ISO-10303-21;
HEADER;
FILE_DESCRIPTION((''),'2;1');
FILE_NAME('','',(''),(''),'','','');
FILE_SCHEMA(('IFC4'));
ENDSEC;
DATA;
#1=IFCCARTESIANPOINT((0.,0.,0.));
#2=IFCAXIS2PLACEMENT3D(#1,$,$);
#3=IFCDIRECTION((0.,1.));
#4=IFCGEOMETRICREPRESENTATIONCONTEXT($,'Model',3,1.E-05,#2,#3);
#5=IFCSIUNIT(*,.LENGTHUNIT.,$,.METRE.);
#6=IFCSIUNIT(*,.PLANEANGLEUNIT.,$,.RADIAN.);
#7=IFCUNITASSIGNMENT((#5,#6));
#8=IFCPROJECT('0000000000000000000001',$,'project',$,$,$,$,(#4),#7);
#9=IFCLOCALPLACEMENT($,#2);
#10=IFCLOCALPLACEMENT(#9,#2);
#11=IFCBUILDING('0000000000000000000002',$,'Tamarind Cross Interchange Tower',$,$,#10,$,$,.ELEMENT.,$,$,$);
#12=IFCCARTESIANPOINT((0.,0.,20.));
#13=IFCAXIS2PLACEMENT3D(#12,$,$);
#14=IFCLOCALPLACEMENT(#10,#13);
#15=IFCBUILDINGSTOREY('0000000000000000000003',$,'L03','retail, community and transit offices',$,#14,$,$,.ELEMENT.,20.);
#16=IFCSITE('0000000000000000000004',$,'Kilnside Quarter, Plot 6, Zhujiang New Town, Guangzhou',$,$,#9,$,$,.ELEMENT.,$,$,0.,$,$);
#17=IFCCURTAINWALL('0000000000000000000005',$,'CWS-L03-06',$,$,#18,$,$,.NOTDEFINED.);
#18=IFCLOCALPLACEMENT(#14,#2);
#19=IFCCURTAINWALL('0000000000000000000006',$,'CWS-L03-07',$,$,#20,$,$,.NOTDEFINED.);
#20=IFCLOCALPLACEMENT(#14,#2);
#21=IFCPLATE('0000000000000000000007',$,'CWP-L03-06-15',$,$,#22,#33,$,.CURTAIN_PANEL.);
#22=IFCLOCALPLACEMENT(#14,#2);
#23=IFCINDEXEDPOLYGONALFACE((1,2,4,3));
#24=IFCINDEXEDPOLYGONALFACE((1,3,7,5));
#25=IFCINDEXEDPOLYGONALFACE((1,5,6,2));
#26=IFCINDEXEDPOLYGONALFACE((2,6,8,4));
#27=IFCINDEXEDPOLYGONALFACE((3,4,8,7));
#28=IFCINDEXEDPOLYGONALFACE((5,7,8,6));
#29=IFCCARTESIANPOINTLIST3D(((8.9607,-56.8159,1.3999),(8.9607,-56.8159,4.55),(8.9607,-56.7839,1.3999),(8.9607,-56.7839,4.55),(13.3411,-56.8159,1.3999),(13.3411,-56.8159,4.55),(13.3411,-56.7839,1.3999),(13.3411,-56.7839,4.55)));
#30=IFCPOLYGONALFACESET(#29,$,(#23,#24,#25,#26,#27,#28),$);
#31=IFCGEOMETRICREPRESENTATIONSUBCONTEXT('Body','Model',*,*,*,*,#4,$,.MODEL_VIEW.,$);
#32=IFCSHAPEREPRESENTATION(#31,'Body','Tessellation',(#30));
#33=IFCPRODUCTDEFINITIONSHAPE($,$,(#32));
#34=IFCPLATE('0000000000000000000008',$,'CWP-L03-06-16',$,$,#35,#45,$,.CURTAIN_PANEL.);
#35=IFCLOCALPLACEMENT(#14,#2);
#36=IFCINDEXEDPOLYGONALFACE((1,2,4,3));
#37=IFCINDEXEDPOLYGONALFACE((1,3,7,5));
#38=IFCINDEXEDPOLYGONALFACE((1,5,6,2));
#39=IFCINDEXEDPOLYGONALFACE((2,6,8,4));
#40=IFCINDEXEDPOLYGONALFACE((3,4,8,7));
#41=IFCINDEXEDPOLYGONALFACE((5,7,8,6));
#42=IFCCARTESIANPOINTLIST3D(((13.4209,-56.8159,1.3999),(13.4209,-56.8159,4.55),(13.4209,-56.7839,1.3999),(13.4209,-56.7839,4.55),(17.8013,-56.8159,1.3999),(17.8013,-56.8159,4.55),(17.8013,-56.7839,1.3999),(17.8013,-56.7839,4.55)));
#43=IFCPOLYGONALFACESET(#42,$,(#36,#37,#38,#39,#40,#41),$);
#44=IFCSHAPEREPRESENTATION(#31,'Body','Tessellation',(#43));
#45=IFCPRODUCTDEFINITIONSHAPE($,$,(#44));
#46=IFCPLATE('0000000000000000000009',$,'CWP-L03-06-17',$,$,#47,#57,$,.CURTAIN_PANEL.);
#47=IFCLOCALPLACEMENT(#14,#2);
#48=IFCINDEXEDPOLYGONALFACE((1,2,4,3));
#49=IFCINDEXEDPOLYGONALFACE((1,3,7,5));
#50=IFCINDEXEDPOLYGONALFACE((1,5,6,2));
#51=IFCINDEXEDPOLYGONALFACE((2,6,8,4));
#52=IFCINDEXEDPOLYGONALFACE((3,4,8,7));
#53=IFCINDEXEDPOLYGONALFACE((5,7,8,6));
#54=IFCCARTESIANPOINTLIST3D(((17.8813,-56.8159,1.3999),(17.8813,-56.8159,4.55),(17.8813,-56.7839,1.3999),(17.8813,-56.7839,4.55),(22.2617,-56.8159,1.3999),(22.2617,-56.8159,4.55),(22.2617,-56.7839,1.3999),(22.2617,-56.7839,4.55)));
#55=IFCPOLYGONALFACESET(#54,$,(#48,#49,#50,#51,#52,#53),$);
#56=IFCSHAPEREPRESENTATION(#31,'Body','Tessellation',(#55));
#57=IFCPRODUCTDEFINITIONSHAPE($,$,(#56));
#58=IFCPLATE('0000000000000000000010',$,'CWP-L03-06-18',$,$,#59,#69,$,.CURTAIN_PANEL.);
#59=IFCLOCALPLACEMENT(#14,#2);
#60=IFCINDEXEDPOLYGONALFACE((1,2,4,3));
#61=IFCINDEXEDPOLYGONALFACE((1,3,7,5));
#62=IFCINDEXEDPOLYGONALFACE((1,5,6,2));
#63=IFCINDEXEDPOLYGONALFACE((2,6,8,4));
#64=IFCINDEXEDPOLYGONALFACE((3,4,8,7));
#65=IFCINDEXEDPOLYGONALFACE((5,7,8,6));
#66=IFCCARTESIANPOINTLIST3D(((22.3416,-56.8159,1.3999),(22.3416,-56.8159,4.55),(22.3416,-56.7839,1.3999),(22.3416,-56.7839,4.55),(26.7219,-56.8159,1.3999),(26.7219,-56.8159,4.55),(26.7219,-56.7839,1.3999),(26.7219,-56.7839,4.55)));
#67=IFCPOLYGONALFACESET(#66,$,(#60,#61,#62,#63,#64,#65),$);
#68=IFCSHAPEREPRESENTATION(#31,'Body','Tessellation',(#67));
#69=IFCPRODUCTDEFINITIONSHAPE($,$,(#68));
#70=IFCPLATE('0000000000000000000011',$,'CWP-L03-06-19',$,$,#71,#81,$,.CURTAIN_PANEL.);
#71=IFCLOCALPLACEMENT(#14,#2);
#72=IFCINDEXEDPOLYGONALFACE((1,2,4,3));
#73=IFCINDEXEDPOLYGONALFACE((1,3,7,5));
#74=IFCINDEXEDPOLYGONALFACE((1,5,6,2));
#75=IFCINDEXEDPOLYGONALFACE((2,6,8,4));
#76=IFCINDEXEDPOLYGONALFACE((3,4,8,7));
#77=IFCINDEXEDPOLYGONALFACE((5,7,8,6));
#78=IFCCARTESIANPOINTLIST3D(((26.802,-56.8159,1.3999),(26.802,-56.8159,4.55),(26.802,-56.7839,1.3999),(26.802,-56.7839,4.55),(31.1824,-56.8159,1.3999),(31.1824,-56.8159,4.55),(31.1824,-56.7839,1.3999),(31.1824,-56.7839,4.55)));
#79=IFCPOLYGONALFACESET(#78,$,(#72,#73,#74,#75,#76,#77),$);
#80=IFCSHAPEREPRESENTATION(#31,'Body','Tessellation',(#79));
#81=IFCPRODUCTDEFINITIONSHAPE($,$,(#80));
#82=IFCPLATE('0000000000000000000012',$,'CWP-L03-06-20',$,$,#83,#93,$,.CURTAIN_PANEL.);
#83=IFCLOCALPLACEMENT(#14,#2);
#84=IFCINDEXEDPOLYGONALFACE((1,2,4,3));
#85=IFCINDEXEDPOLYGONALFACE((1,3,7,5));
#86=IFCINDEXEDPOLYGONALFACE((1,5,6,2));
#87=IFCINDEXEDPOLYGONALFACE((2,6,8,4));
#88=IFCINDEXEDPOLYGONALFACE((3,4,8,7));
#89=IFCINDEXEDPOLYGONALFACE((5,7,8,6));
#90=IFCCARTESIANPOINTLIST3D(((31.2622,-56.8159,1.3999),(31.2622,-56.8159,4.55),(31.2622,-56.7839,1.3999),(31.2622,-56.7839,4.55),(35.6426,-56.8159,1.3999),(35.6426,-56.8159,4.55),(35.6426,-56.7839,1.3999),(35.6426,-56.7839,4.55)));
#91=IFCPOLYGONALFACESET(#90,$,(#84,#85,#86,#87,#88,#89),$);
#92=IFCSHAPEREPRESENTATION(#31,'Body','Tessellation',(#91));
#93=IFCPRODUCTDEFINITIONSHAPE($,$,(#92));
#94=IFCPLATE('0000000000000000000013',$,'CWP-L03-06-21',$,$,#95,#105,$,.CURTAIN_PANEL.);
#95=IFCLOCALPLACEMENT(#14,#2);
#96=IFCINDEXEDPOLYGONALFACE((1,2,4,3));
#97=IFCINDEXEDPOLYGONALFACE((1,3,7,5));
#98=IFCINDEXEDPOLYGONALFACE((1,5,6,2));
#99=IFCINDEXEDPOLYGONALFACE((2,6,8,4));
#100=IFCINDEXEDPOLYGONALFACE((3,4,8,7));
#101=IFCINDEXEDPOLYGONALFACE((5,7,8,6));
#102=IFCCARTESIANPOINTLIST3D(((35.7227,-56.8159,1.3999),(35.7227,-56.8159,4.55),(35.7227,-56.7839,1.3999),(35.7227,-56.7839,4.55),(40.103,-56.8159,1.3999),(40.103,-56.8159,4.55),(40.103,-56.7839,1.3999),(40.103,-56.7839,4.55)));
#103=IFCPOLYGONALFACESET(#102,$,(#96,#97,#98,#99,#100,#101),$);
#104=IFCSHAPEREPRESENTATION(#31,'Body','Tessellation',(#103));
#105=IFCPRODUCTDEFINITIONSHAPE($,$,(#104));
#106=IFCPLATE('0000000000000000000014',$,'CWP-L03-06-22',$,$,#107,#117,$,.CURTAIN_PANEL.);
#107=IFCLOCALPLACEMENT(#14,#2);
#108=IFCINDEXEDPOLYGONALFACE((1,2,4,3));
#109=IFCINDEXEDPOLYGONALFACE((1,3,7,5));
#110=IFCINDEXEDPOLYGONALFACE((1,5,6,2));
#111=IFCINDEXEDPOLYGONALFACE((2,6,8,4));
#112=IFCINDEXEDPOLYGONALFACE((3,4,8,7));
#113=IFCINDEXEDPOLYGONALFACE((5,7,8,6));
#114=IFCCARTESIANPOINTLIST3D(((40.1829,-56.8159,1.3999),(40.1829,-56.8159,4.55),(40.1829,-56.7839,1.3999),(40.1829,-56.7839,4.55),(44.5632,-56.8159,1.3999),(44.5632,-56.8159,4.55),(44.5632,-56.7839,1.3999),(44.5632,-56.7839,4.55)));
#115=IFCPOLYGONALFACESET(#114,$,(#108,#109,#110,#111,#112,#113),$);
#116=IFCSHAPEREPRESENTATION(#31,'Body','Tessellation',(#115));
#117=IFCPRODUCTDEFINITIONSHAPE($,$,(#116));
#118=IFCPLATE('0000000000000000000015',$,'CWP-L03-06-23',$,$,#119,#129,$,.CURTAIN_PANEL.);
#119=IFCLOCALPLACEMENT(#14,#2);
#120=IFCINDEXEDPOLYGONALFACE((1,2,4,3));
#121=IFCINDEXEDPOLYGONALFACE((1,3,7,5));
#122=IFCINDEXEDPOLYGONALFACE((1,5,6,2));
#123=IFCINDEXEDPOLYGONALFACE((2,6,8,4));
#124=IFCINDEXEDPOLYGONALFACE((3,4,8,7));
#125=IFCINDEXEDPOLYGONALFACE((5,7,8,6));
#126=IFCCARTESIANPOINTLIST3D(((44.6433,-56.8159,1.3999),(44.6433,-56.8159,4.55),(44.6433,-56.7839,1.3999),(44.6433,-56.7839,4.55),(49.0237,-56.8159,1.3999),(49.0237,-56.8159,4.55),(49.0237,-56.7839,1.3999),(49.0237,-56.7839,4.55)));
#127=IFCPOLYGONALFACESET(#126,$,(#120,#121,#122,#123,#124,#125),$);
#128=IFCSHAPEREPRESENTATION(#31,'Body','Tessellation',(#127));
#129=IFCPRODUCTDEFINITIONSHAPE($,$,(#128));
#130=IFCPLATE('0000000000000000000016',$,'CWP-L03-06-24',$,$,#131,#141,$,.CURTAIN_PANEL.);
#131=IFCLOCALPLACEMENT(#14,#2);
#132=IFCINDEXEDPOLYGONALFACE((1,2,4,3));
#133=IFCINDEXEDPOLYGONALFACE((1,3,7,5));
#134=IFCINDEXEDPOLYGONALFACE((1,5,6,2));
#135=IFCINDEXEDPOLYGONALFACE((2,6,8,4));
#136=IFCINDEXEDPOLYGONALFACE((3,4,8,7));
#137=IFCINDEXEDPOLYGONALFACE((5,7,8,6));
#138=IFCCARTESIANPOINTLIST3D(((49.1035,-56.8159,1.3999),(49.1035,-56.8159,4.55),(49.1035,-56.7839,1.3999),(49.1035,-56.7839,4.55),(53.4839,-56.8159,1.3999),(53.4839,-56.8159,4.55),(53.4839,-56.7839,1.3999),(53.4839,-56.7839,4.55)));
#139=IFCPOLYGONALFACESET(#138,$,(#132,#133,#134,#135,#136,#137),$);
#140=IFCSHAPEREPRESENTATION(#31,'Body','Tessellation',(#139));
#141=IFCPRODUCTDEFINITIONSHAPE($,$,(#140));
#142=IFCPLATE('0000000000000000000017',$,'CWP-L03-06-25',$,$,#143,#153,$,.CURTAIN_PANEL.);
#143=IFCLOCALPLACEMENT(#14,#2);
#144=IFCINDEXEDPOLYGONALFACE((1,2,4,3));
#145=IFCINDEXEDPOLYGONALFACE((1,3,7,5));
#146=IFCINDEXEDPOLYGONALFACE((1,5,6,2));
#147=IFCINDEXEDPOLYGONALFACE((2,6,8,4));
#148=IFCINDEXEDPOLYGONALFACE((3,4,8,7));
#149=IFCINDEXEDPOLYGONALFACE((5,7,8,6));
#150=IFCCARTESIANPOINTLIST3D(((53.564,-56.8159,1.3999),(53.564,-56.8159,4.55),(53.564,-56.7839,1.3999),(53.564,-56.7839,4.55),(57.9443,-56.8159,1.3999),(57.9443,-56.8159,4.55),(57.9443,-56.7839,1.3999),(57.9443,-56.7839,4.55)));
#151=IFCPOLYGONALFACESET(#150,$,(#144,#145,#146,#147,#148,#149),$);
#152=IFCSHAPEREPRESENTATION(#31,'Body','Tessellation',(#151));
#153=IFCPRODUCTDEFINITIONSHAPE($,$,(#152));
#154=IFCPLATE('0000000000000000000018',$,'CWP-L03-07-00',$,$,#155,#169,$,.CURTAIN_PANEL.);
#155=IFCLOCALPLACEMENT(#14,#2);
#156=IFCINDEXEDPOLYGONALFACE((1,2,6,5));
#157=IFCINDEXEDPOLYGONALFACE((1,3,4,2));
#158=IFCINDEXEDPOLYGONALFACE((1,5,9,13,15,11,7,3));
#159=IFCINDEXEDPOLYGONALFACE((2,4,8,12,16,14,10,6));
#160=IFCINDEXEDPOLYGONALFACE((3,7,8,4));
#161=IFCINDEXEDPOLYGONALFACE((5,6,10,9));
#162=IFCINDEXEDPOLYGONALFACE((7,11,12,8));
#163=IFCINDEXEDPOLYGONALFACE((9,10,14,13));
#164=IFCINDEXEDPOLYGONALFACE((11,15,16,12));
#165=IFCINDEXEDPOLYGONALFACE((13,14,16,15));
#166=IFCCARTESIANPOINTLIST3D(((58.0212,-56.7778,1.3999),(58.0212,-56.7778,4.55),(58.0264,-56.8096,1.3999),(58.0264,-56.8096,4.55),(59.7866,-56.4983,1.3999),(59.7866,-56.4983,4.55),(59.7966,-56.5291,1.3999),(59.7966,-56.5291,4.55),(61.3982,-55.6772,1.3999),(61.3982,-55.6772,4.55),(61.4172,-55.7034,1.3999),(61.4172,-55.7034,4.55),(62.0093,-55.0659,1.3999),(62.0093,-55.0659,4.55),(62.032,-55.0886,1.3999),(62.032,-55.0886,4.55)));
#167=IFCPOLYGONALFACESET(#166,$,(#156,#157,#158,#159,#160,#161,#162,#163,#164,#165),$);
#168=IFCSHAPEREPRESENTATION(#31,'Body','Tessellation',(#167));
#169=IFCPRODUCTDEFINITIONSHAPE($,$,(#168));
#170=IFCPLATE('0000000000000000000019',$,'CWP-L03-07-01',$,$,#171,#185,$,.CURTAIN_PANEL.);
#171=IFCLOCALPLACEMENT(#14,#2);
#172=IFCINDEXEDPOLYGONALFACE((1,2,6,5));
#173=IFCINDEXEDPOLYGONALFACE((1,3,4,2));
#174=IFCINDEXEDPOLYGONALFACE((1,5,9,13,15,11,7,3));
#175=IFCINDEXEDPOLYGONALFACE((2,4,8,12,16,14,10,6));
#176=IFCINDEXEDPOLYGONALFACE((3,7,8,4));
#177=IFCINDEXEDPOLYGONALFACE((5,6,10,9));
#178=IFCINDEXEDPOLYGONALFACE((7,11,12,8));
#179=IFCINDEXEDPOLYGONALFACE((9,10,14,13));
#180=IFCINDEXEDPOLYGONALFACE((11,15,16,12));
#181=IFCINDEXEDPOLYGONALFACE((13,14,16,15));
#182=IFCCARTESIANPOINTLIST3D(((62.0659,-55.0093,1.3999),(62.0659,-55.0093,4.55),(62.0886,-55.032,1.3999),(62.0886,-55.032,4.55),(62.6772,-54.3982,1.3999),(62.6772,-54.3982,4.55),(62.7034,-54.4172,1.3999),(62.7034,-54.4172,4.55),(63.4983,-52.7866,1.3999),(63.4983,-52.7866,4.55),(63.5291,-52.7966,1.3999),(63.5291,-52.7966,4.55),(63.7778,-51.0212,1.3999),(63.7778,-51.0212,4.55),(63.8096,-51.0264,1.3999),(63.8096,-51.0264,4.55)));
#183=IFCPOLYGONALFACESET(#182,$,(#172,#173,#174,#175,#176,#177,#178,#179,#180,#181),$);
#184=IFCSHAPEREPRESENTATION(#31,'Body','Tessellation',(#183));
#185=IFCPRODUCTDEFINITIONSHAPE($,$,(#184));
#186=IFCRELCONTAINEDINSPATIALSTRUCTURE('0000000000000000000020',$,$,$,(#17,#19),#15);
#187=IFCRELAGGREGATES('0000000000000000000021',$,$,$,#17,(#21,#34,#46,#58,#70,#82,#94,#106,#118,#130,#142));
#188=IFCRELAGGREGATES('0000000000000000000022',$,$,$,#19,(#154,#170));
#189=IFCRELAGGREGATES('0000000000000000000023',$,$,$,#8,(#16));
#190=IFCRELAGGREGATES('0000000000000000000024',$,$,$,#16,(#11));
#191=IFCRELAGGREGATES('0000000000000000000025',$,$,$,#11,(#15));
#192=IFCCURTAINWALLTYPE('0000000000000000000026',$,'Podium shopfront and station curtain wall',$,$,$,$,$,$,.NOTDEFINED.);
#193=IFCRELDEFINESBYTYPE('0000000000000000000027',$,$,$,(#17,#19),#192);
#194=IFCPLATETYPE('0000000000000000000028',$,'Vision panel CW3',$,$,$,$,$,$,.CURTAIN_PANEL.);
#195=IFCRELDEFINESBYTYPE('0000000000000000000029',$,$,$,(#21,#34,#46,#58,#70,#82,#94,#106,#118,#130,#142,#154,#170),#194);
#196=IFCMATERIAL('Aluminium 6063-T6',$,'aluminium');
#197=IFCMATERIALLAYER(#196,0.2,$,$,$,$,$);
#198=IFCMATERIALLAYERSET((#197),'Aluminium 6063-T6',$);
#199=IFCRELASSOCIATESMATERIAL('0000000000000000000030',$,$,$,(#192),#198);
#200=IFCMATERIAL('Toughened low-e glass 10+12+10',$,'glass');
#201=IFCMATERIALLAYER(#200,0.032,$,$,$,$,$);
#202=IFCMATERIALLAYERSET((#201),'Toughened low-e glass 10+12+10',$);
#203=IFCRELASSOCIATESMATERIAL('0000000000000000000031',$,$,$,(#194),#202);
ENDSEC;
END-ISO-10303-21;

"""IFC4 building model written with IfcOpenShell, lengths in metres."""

from ifc_helpers import new_model, si_unit, direction, frame, origin, place, context, subcontext, project, spatial, polyline, outline, extrude, material, layer, layer_set, type_object, element, aggregate, save


model = new_model("IFC4")

# Units and contexts
model_context = context("Model", 3, precision=1e-05, world=origin(), true_north=direction((0.0, 1.0)))
body_context = subcontext(model_context, "Body", "Model", "MODEL_VIEW")
ifc_project = project(units=[si_unit("LENGTHUNIT", "METRE"), si_unit("PLANEANGLEUNIT", "RADIAN")], contexts=[model_context])

# Site, building, storey
site_placement = place(None, origin())
site = spatial("IfcSite", under=ifc_project, at=site_placement, Name="Kilnside Quarter, Plot 6, Zhujiang New Town, Guangzhou", CompositionType="ELEMENT", RefElevation=0.0)
building_placement = place(site_placement, origin())
building = spatial("IfcBuilding", under=site, at=building_placement, Name="Tamarind Cross Interchange Tower", CompositionType="ELEMENT")
storey_placement = place(building_placement, frame((0.0, 0.0, 20.0)))
storey = spatial("IfcBuildingStorey", under=building, at=storey_placement, Name="L03", Description="retail, community and transit offices", CompositionType="ELEMENT", Elevation=20.0)

# Curtain walls
ifc_material_1 = material(Name="Aluminium 6063-T6", Category="aluminium")
ifc_layer_1 = layer(ifc_material_1, 0.2)
ifc_layer_set_1 = layer_set([ifc_layer_1], Name="Aluminium 6063-T6")
curtain_wall_type = type_object("IfcCurtainWallType", Name="Podium shopfront and station curtain wall", PredefinedType="NOTDEFINED", material=ifc_layer_set_1)
curtain_wall_1_placement = place(storey_placement, origin())
curtain_wall_1 = element("IfcCurtainWall", 1, at=curtain_wall_1_placement, inside=storey, type_object=curtain_wall_type, Name="CWS-L03-06", PredefinedType="NOTDEFINED")
curtain_wall_2_placement = place(storey_placement, origin())
curtain_wall_2 = element("IfcCurtainWall", 2, at=curtain_wall_2_placement, inside=storey, type_object=curtain_wall_type, Name="CWS-L03-07", PredefinedType="NOTDEFINED")

# Plates
ifc_material_2 = material(Name="Toughened low-e glass 10+12+10", Category="glass")
ifc_layer_2 = layer(ifc_material_2, 0.032)
ifc_layer_set_2 = layer_set([ifc_layer_2], Name="Toughened low-e glass 10+12+10")
plate_type = type_object("IfcPlateType", Name="Vision panel CW3", PredefinedType="CURTAIN_PANEL", material=ifc_layer_set_2)
plate_1_placement = place(storey_placement, frame((0.0, 0.0, 1.3999)))
plate_1 = element("IfcPlate", 3, at=plate_1_placement, type_object=plate_type, Name="CWP-L03-06-15", PredefinedType="CURTAIN_PANEL", context=body_context, shape_type="SweptSolid", body=[
    extrude(outline(polyline([(8.9607, -56.7839), (13.3411, -56.7839), (13.3411, -56.8159), (8.9607, -56.8159), (8.9607, -56.7839)])), origin(), (0.0, 0.0, 1.0), 3.1501),
])
plate_2_placement = place(storey_placement, frame((0.0, 0.0, 1.3999)))
plate_2 = element("IfcPlate", 4, at=plate_2_placement, type_object=plate_type, Name="CWP-L03-06-16", PredefinedType="CURTAIN_PANEL", context=body_context, shape_type="SweptSolid", body=[
    extrude(outline(polyline([(13.4209, -56.7839), (17.8013, -56.7839), (17.8013, -56.8159), (13.4209, -56.8159), (13.4209, -56.7839)])), origin(), (0.0, 0.0, 1.0), 3.1501),
])
plate_3_placement = place(storey_placement, frame((0.0, 0.0, 1.3999)))
plate_3 = element("IfcPlate", 5, at=plate_3_placement, type_object=plate_type, Name="CWP-L03-06-17", PredefinedType="CURTAIN_PANEL", context=body_context, shape_type="SweptSolid", body=[
    extrude(outline(polyline([(17.8813, -56.7839), (22.2617, -56.7839), (22.2617, -56.8159), (17.8813, -56.8159), (17.8813, -56.7839)])), origin(), (0.0, 0.0, 1.0), 3.1501),
])
plate_4_placement = place(storey_placement, frame((0.0, 0.0, 1.3999)))
plate_4 = element("IfcPlate", 6, at=plate_4_placement, type_object=plate_type, Name="CWP-L03-06-18", PredefinedType="CURTAIN_PANEL", context=body_context, shape_type="SweptSolid", body=[
    extrude(outline(polyline([(22.3416, -56.7839), (26.7219, -56.7839), (26.7219, -56.8159), (22.3416, -56.8159), (22.3416, -56.7839)])), origin(), (0.0, 0.0, 1.0), 3.1501),
])
plate_5_placement = place(storey_placement, frame((0.0, 0.0, 1.3999)))
plate_5 = element("IfcPlate", 7, at=plate_5_placement, type_object=plate_type, Name="CWP-L03-06-19", PredefinedType="CURTAIN_PANEL", context=body_context, shape_type="SweptSolid", body=[
    extrude(outline(polyline([(26.802, -56.7839), (31.1824, -56.7839), (31.1824, -56.8159), (26.802, -56.8159), (26.802, -56.7839)])), origin(), (0.0, 0.0, 1.0), 3.1501),
])
plate_6_placement = place(storey_placement, frame((0.0, 0.0, 1.3999)))
plate_6 = element("IfcPlate", 8, at=plate_6_placement, type_object=plate_type, Name="CWP-L03-06-20", PredefinedType="CURTAIN_PANEL", context=body_context, shape_type="SweptSolid", body=[
    extrude(outline(polyline([(31.2622, -56.7839), (35.6426, -56.7839), (35.6426, -56.8159), (31.2622, -56.8159), (31.2622, -56.7839)])), origin(), (0.0, 0.0, 1.0), 3.1501),
])
plate_7_placement = place(storey_placement, frame((0.0, 0.0, 1.3999)))
plate_7 = element("IfcPlate", 9, at=plate_7_placement, type_object=plate_type, Name="CWP-L03-06-21", PredefinedType="CURTAIN_PANEL", context=body_context, shape_type="SweptSolid", body=[
    extrude(outline(polyline([(35.7227, -56.7839), (40.103, -56.7839), (40.103, -56.8159), (35.7227, -56.8159), (35.7227, -56.7839)])), origin(), (0.0, 0.0, 1.0), 3.1501),
])
plate_8_placement = place(storey_placement, frame((0.0, 0.0, 1.3999)))
plate_8 = element("IfcPlate", 10, at=plate_8_placement, type_object=plate_type, Name="CWP-L03-06-22", PredefinedType="CURTAIN_PANEL", context=body_context, shape_type="SweptSolid", body=[
    extrude(outline(polyline([(40.1829, -56.7839), (44.5632, -56.7839), (44.5632, -56.8159), (40.1829, -56.8159), (40.1829, -56.7839)])), origin(), (0.0, 0.0, 1.0), 3.1501),
])
plate_9_placement = place(storey_placement, frame((0.0, 0.0, 1.3999)))
plate_9 = element("IfcPlate", 11, at=plate_9_placement, type_object=plate_type, Name="CWP-L03-06-23", PredefinedType="CURTAIN_PANEL", context=body_context, shape_type="SweptSolid", body=[
    extrude(outline(polyline([(44.6433, -56.7839), (49.0237, -56.7839), (49.0237, -56.8159), (44.6433, -56.8159), (44.6433, -56.7839)])), origin(), (0.0, 0.0, 1.0), 3.1501),
])
plate_10_placement = place(storey_placement, frame((0.0, 0.0, 1.3999)))
plate_10 = element("IfcPlate", 12, at=plate_10_placement, type_object=plate_type, Name="CWP-L03-06-24", PredefinedType="CURTAIN_PANEL", context=body_context, shape_type="SweptSolid", body=[
    extrude(outline(polyline([(49.1035, -56.7839), (53.4839, -56.7839), (53.4839, -56.8159), (49.1035, -56.8159), (49.1035, -56.7839)])), origin(), (0.0, 0.0, 1.0), 3.1501),
])
plate_11_placement = place(storey_placement, frame((0.0, 0.0, 1.3999)))
plate_11 = element("IfcPlate", 13, at=plate_11_placement, type_object=plate_type, Name="CWP-L03-06-25", PredefinedType="CURTAIN_PANEL", context=body_context, shape_type="SweptSolid", body=[
    extrude(outline(polyline([(53.564, -56.7839), (57.9443, -56.7839), (57.9443, -56.8159), (53.564, -56.8159), (53.564, -56.7839)])), origin(), (0.0, 0.0, 1.0), 3.1501),
])
aggregate(curtain_wall_1, [plate_1, plate_2, plate_3, plate_4, plate_5, plate_6, plate_7, plate_8, plate_9, plate_10, plate_11])
plate_12_placement = place(storey_placement, frame((0.0, 0.0, 1.3999)))
plate_12 = element("IfcPlate", 14, at=plate_12_placement, type_object=plate_type, Name="CWP-L03-07-00", PredefinedType="CURTAIN_PANEL", context=body_context, shape_type="SweptSolid", body=[
    extrude(outline(polyline([(58.0212, -56.7778), (59.7866, -56.4983), (61.3982, -55.6772), (62.0093, -55.0659), (62.032, -55.0886), (61.4172, -55.7034), (59.7966, -56.5291), (58.0264, -56.8096), (58.0212, -56.7778)])), origin(), (0.0, 0.0, 1.0), 3.1501),
])
plate_13_placement = place(storey_placement, frame((0.0, 0.0, 1.3999)))
plate_13 = element("IfcPlate", 15, at=plate_13_placement, type_object=plate_type, Name="CWP-L03-07-01", PredefinedType="CURTAIN_PANEL", context=body_context, shape_type="SweptSolid", body=[
    extrude(outline(polyline([(62.0659, -55.0093), (62.6772, -54.3982), (63.4983, -52.7866), (63.7778, -51.0212), (63.8096, -51.0264), (63.5291, -52.7966), (62.7034, -54.4172), (62.0886, -55.032), (62.0659, -55.0093)])), origin(), (0.0, 0.0, 1.0), 3.1501),
])
aggregate(curtain_wall_2, [plate_12, plate_13])

save(model, "model.ifc")
